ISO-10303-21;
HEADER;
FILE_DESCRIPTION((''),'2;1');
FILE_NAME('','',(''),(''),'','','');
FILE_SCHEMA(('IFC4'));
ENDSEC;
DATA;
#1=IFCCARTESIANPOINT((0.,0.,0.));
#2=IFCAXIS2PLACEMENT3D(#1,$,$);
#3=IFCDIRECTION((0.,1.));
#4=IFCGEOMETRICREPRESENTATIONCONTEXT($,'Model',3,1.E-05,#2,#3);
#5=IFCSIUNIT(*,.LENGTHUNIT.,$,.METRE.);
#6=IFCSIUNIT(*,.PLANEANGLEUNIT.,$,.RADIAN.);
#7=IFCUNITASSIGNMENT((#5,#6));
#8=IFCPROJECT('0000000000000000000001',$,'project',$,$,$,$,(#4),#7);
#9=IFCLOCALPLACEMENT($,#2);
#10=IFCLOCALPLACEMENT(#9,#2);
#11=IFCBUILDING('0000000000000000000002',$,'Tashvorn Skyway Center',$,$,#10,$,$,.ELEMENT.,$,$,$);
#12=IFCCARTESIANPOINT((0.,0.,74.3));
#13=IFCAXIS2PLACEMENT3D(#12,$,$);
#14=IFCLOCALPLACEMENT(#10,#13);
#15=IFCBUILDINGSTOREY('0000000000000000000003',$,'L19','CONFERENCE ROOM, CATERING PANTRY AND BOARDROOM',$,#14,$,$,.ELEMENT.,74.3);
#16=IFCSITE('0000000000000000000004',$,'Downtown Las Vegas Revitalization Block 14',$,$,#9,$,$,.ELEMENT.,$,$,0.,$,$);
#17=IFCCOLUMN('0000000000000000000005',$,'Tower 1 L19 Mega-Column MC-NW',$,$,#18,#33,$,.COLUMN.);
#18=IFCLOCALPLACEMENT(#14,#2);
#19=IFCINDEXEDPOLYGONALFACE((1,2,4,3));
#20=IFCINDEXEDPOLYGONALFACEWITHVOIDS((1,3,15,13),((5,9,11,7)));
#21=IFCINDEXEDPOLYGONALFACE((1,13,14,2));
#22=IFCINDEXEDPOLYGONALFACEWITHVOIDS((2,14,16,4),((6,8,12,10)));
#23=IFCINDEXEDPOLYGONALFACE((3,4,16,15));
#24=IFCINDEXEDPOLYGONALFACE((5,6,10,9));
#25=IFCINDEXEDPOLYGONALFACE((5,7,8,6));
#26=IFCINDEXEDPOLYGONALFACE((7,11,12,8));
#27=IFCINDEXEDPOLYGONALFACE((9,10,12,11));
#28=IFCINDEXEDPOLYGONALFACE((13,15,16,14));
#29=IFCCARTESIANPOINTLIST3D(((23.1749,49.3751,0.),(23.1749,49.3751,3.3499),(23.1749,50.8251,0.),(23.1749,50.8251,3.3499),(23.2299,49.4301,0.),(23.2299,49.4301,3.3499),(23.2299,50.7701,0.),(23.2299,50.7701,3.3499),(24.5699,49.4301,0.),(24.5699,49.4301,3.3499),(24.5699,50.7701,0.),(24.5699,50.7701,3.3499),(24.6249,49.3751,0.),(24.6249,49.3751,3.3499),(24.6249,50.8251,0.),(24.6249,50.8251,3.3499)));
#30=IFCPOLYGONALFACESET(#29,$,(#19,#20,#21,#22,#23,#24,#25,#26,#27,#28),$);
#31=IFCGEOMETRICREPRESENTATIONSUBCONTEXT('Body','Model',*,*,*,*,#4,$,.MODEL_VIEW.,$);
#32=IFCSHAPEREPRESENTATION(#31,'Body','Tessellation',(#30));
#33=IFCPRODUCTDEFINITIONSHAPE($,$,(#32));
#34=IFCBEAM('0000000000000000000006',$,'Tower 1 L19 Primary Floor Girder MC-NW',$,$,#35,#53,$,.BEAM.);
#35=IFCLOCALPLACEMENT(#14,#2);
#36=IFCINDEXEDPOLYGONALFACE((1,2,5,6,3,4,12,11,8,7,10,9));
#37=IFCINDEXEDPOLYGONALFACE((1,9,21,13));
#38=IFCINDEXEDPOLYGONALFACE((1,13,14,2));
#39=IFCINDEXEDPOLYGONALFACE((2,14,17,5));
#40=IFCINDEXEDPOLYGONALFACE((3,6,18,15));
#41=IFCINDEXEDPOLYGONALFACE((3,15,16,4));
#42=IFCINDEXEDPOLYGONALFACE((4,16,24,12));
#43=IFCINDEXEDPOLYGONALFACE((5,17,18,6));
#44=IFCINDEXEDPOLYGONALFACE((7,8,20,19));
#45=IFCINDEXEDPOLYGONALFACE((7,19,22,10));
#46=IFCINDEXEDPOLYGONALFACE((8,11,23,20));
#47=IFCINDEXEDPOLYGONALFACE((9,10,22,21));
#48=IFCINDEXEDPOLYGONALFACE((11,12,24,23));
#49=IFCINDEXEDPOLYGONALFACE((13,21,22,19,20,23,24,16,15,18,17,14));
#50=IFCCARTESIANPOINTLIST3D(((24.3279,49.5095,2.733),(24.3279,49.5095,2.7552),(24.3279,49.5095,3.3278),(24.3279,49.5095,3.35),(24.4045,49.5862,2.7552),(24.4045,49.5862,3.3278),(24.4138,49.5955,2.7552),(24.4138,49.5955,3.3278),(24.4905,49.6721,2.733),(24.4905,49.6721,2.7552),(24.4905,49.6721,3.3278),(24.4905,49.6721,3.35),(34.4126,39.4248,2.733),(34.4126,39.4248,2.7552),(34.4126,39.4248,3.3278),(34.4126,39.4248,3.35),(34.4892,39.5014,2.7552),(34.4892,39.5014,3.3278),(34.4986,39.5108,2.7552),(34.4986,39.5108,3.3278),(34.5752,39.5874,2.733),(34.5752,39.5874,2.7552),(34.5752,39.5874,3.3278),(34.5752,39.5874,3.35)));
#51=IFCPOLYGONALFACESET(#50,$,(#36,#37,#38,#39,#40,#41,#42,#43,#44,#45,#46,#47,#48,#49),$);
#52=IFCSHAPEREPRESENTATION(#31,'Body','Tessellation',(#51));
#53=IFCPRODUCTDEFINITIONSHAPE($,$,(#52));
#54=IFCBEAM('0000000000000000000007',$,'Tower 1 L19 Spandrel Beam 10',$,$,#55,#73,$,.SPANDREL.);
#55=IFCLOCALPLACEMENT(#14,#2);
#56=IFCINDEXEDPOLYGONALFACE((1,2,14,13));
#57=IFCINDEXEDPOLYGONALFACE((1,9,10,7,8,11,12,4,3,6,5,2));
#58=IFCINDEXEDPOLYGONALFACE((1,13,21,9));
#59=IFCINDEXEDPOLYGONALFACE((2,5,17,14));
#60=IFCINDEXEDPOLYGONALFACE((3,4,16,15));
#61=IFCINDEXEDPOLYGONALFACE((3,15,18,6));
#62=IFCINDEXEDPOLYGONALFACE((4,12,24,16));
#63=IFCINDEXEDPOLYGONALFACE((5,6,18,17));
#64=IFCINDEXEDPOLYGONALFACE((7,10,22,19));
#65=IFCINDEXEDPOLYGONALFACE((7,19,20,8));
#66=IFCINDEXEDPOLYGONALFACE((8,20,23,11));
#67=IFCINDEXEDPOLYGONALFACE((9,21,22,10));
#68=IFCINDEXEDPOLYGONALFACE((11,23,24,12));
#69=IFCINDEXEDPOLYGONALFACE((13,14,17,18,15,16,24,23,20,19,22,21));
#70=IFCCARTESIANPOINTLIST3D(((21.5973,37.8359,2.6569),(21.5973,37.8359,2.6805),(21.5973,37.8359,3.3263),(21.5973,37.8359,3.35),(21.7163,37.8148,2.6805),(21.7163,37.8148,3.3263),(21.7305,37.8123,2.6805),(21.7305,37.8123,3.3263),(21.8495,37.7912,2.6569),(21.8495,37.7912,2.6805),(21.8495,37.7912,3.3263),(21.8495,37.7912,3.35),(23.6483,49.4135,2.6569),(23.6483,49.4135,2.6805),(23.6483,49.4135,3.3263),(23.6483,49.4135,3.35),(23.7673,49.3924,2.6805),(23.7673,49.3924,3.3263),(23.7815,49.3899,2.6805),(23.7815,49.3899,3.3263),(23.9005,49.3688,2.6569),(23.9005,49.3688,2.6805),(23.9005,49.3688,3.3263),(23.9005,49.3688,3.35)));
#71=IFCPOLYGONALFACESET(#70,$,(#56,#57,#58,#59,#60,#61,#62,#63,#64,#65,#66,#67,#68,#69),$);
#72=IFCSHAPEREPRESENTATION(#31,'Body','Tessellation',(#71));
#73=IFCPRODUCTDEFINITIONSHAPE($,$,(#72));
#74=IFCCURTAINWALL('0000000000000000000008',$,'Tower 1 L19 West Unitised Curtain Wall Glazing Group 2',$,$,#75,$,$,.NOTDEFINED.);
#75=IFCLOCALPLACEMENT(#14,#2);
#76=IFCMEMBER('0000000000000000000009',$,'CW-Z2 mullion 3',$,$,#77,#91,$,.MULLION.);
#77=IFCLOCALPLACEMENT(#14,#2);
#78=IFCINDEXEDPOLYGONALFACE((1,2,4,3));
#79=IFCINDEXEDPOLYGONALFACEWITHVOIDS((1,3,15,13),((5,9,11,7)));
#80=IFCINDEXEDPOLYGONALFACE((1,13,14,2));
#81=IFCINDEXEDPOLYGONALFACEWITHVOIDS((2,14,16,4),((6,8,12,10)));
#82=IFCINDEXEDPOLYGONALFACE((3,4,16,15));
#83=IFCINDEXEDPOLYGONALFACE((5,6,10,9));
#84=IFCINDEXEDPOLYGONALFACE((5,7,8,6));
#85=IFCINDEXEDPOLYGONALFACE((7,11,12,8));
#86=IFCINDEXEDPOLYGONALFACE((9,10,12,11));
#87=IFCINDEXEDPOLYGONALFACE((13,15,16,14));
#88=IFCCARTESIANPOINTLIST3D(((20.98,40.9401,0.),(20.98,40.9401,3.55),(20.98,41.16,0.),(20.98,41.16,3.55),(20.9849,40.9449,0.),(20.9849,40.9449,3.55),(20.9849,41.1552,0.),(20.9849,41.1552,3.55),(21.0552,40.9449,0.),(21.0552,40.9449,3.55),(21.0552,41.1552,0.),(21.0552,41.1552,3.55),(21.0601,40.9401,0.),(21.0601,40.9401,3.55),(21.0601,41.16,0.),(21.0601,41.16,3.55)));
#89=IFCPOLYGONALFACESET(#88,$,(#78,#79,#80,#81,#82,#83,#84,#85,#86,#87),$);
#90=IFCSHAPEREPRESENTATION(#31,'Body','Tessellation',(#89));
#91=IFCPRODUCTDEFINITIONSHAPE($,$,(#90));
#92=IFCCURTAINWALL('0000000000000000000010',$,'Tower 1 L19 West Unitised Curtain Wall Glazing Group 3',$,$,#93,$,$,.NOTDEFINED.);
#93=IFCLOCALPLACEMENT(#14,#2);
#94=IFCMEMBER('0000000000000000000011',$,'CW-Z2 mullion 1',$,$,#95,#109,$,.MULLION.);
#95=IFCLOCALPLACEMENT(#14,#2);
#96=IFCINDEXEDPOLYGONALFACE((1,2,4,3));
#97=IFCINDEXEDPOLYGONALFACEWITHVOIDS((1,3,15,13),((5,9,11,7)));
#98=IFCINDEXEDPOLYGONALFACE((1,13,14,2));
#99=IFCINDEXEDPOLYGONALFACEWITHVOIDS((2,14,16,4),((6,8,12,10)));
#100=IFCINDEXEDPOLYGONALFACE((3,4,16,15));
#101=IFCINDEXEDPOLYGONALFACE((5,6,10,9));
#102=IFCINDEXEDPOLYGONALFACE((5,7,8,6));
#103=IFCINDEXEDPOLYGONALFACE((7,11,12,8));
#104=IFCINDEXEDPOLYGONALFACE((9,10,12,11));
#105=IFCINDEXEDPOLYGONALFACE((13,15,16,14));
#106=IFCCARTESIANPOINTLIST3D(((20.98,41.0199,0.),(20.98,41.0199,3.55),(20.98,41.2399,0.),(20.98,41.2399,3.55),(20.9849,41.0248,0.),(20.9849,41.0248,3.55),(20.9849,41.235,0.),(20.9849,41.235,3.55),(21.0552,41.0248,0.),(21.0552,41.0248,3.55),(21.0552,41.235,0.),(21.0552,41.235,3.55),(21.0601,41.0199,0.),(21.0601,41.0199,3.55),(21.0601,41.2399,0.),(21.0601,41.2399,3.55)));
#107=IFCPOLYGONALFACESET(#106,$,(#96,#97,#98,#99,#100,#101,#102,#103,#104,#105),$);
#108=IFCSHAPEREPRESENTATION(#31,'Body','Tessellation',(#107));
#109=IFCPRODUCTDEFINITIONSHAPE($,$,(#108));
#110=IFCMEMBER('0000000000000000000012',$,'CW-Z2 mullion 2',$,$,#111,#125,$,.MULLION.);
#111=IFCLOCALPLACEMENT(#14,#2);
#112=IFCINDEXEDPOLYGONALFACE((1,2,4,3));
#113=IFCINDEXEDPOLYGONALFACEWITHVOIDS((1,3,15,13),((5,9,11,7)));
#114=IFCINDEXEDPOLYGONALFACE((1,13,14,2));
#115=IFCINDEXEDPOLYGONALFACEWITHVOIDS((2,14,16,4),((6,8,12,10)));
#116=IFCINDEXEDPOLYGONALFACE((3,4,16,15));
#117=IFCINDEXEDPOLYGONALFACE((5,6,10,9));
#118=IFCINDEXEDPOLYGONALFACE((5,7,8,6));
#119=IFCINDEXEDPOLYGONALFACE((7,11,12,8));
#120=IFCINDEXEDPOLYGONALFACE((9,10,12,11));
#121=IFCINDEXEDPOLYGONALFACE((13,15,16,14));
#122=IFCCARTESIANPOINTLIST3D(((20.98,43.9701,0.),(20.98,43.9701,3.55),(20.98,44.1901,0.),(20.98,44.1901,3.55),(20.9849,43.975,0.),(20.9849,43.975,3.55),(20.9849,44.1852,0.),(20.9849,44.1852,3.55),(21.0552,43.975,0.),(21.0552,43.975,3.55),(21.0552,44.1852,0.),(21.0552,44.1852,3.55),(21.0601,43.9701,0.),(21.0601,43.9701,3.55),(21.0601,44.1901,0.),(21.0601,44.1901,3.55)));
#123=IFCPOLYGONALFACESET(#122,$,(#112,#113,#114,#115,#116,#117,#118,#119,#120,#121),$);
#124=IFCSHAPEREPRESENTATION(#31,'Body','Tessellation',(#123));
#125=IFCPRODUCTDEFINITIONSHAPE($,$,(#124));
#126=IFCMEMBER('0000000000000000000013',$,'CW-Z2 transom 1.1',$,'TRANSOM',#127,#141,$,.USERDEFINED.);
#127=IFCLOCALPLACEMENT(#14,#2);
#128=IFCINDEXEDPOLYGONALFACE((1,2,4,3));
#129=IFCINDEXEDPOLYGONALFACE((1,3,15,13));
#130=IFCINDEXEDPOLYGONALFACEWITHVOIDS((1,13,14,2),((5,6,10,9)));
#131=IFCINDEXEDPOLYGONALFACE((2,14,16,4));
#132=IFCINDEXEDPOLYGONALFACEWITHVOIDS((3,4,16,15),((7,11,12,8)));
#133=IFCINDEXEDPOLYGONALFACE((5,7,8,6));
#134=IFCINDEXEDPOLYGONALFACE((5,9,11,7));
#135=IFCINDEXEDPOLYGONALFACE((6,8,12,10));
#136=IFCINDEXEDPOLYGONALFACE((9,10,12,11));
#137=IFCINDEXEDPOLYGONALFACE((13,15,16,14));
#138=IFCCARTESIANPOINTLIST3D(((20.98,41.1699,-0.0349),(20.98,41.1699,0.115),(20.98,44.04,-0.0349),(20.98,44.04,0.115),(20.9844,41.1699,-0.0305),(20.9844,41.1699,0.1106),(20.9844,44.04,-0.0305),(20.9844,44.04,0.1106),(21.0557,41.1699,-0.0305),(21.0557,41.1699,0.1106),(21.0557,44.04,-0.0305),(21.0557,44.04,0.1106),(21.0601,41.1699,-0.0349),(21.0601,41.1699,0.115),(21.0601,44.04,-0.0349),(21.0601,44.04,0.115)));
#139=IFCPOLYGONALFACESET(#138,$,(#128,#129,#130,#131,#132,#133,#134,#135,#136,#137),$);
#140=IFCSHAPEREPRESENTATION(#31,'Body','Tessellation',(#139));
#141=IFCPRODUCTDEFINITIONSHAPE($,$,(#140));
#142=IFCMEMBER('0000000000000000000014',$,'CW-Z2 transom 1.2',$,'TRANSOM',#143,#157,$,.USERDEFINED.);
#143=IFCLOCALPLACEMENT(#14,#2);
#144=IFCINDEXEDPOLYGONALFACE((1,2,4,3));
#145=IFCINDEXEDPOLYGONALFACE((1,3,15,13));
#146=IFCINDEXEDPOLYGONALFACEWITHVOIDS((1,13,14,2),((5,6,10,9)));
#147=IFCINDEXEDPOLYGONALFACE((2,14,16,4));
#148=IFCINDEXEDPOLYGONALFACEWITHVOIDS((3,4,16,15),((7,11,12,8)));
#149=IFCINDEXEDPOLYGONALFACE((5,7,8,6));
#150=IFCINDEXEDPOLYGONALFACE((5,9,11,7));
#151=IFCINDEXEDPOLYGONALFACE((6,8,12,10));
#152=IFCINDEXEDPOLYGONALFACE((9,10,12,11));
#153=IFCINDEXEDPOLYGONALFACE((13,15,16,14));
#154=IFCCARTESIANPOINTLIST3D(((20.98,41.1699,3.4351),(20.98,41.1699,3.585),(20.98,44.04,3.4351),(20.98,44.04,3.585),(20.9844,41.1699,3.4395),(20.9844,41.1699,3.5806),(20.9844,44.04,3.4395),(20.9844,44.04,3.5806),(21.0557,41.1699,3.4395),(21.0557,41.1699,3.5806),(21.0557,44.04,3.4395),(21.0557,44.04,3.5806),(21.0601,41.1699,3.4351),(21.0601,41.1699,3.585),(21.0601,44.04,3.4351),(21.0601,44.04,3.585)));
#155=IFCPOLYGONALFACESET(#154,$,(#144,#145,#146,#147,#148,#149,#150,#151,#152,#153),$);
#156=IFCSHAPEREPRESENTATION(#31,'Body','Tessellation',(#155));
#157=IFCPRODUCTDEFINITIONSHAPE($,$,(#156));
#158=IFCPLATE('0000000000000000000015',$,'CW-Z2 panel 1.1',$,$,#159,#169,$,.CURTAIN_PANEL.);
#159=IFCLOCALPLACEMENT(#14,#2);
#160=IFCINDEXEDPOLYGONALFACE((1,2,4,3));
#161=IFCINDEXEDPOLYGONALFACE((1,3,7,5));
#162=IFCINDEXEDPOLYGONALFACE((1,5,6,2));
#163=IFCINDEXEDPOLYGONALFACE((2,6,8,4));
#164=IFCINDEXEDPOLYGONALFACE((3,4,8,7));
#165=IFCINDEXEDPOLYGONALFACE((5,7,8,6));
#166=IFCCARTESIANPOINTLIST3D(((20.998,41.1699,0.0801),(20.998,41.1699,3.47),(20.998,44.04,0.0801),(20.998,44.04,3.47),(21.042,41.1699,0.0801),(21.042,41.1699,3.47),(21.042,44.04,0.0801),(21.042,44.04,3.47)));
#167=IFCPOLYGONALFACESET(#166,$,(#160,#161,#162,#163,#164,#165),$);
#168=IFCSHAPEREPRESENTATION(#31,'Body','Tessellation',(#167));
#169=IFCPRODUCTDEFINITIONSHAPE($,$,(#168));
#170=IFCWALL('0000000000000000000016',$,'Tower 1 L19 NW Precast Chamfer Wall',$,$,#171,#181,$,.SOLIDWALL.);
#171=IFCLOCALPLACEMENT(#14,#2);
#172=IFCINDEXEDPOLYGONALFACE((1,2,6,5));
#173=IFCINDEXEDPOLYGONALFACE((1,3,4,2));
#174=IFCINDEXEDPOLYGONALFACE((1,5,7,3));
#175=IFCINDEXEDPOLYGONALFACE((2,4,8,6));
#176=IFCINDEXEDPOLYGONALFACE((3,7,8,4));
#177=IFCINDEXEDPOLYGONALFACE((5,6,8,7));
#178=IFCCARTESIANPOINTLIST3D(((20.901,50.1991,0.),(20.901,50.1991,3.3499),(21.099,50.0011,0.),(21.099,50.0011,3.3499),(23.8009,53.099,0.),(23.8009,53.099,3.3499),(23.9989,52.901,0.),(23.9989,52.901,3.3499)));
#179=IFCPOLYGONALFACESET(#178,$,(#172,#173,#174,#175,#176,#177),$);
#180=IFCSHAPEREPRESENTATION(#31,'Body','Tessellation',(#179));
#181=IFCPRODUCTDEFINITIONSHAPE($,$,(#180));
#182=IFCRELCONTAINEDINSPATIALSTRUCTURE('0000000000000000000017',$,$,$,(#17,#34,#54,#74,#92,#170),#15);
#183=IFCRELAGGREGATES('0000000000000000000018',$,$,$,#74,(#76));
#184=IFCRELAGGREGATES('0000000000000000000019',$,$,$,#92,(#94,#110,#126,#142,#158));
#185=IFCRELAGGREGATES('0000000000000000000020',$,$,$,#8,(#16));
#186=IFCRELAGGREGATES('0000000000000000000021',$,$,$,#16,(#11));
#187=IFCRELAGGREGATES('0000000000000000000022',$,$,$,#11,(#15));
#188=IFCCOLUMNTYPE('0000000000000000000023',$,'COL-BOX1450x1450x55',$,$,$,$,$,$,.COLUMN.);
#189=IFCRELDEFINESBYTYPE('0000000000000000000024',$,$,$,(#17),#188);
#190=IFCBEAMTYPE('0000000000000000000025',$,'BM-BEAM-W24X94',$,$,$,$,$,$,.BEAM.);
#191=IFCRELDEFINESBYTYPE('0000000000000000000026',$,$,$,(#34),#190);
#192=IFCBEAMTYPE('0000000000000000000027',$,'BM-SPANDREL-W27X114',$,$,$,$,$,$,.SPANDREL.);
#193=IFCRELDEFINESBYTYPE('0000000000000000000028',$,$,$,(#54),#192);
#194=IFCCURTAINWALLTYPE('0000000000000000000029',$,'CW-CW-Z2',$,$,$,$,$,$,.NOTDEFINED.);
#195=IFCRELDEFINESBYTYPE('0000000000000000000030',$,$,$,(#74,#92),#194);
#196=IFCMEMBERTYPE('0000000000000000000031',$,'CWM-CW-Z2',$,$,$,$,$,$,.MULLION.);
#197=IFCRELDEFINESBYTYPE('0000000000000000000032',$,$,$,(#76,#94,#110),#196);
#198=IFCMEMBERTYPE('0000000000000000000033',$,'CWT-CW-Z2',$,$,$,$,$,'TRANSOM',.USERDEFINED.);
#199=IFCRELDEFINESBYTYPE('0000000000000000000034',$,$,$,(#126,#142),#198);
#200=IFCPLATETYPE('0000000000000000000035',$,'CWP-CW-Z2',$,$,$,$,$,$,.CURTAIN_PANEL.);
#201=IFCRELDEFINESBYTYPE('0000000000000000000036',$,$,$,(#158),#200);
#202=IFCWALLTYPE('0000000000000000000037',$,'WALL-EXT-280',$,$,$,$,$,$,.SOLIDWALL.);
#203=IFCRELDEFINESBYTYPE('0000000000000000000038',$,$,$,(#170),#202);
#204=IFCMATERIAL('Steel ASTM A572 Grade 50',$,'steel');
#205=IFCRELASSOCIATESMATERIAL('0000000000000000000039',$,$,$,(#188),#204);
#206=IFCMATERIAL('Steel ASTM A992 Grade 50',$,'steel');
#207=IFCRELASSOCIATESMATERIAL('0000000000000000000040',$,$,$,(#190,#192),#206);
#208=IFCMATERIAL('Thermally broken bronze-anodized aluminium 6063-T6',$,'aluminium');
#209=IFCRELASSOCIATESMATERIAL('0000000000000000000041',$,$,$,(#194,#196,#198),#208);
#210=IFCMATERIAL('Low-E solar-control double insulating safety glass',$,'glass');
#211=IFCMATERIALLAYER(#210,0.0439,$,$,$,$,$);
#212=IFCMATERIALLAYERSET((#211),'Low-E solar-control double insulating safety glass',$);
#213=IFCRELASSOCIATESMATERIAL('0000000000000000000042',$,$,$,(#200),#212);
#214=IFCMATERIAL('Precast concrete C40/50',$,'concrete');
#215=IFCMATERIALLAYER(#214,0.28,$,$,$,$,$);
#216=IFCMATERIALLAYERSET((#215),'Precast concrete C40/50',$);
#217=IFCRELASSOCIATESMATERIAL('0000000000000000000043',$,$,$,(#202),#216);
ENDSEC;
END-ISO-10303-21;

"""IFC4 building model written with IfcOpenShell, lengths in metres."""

from ifc_helpers import new_model, si_unit, direction, frame, frame_2d, origin, origin_2d, place, context, subcontext, project, spatial, rectangle, hollow_rectangle, i_section, extrude, material, layer, layer_set, material_profile, profile_set, type_object, element, aggregate, save


model = new_model("IFC4")

# Units and contexts
model_context = context("Model", 3, precision=1e-05, world=origin(), true_north=direction((0.0, 1.0)))
body_context = subcontext(model_context, "Body", "Model", "MODEL_VIEW")
ifc_project = project(units=[si_unit("LENGTHUNIT", "METRE"), si_unit("PLANEANGLEUNIT", "RADIAN")], contexts=[model_context])

# Site, building, storey
site_placement = place(None, origin())
site = spatial("IfcSite", under=ifc_project, at=site_placement, Name="Downtown Las Vegas Revitalization Block 14", CompositionType="ELEMENT", RefElevation=0.0)
building_placement = place(site_placement, origin())
building = spatial("IfcBuilding", under=site, at=building_placement, Name="Tashvorn Skyway Center", CompositionType="ELEMENT")
storey_placement = place(building_placement, frame((0.0, 0.0, 74.3)))
storey = spatial("IfcBuildingStorey", under=building, at=storey_placement, Name="L19", Description="CONFERENCE ROOM, CATERING PANTRY AND BOARDROOM", CompositionType="ELEMENT", Elevation=74.3)

# Column
ifc_material_1 = material(Name="Steel ASTM A572 Grade 50", Category="steel")
ifc_material_profile_1 = material_profile(ifc_material_1, hollow_rectangle(XDim=1.45, YDim=1.45, WallThickness=0.0549, at=origin_2d()), Name="BOX1450x1450x55")
ifc_profile_set_1 = profile_set([ifc_material_profile_1], Name="Steel ASTM A572 Grade 50")
column_type = type_object("IfcColumnType", Name="COL-BOX1450x1450x55", PredefinedType="COLUMN", material=ifc_profile_set_1)
column_placement = place(storey_placement, frame((23.8999, 50.1001, 0.0), z_axis=(0.0, 0.0, 1.0), x_axis=(1.0, 0.0, 0.0)))
element("IfcColumn", 1, at=column_placement, inside=storey, type_object=column_type, Name="Tower 1 L19 Mega-Column MC-NW", PredefinedType="COLUMN", context=body_context, shape_type="SweptSolid", body=[
    extrude(hollow_rectangle(XDim=1.45, YDim=1.45, WallThickness=0.0549, at=origin_2d()), origin(), (0.0, 0.0, 1.0), 3.3499),
])

# Beams
ifc_material_2 = material(Name="Steel ASTM A992 Grade 50", Category="steel")
ifc_material_profile_2 = material_profile(ifc_material_2, i_section(OverallWidth=0.23, OverallDepth=0.6169, WebThickness=0.0132, FlangeThickness=0.0222, at=origin_2d()), Name="W24X94")
ifc_profile_set_2 = profile_set([ifc_material_profile_2], Name="Steel ASTM A992 Grade 50")
beam_type_1 = type_object("IfcBeamType", Name="BM-BEAM-W24X94", PredefinedType="BEAM", material=ifc_profile_set_2)
beam_1_placement = place(storey_placement, frame((24.4092, 49.5908, 3.0415), z_axis=(0.707107, -0.707107, 0.0), x_axis=(0.707107, 0.707107, 0.0)))
element("IfcBeam", 2, at=beam_1_placement, inside=storey, type_object=beam_type_1, Name="Tower 1 L19 Primary Floor Girder MC-NW", PredefinedType="BEAM", context=body_context, shape_type="SweptSolid", body=[
    extrude(i_section(OverallWidth=0.23, OverallDepth=0.6169, WebThickness=0.0132, FlangeThickness=0.0222, at=origin_2d()), origin(), (0.0, 0.0, 1.0), 14.262),
])
ifc_material_profile_3 = material_profile(ifc_material_2, i_section(OverallWidth=0.2561, OverallDepth=0.6931, WebThickness=0.0144, FlangeThickness=0.0237, at=origin_2d()), Name="W27X114")
ifc_profile_set_3 = profile_set([ifc_material_profile_3], Name="Steel ASTM A992 Grade 50")
beam_type_2 = type_object("IfcBeamType", Name="BM-SPANDREL-W27X114", PredefinedType="SPANDREL", material=ifc_profile_set_3)
beam_2_placement = place(storey_placement, frame((23.7744, 49.3911, 3.0034), z_axis=(-0.174438, -0.984668, 0.0), x_axis=(0.984668, -0.174438, 0.0)))
element("IfcBeam", 3, at=beam_2_placement, inside=storey, type_object=beam_type_2, Name="Tower 1 L19 Spandrel Beam 10", PredefinedType="SPANDREL", context=body_context, shape_type="SweptSolid", body=[
    extrude(i_section(OverallWidth=0.2561, OverallDepth=0.6931, WebThickness=0.0144, FlangeThickness=0.0237, at=origin_2d()), origin(), (0.0, 0.0, 1.0), 11.7578),
])

# Curtain wall, member
ifc_material_3 = material(Name="Thermally broken bronze-anodized aluminium 6063-T6", Category="aluminium")
curtain_wall_type = type_object("IfcCurtainWallType", Name="CW-CW-Z2", PredefinedType="NOTDEFINED", material=ifc_material_3)
curtain_wall_1_placement = place(storey_placement, origin())
curtain_wall_1 = element("IfcCurtainWall", 4, at=curtain_wall_1_placement, inside=storey, type_object=curtain_wall_type, Name="Tower 1 L19 West Unitised Curtain Wall Glazing Group 2", PredefinedType="NOTDEFINED")
ifc_material_profile_4 = material_profile(ifc_material_3, hollow_rectangle(XDim=0.0801, YDim=0.22, WallThickness=0.0049, at=origin_2d()), Name="ALU-MULL-80x220")
ifc_profile_set_4 = profile_set([ifc_material_profile_4], Name="Thermally broken bronze-anodized aluminium 6063-T6")
member_type_1 = type_object("IfcMemberType", Name="CWM-CW-Z2", PredefinedType="MULLION", material=ifc_profile_set_4)
member_1_placement = place(storey_placement, frame((21.02, 41.05, 0.0), z_axis=(0.0, 0.0, 1.0), x_axis=(-1.0, 0.0, 0.0)))
member_1 = element("IfcMember", 5, at=member_1_placement, type_object=member_type_1, Name="CW-Z2 mullion 3", PredefinedType="MULLION", context=body_context, shape_type="SweptSolid", body=[
    extrude(hollow_rectangle(XDim=0.0801, YDim=0.22, WallThickness=0.0049, at=origin_2d()), origin(), (0.0, 0.0, 1.0), 3.55),
])
aggregate(curtain_wall_1, [member_1])

# Curtain wall, members, plate
curtain_wall_2_placement = place(storey_placement, origin())
curtain_wall_2 = element("IfcCurtainWall", 6, at=curtain_wall_2_placement, inside=storey, type_object=curtain_wall_type, Name="Tower 1 L19 West Unitised Curtain Wall Glazing Group 3", PredefinedType="NOTDEFINED")
member_2_placement = place(storey_placement, frame((21.02, 41.1299, 0.0), z_axis=(0.0, 0.0, 1.0), x_axis=(-1.0, 0.0, 0.0)))
member_2 = element("IfcMember", 7, at=member_2_placement, type_object=member_type_1, Name="CW-Z2 mullion 1", PredefinedType="MULLION", context=body_context, shape_type="SweptSolid", body=[
    extrude(hollow_rectangle(XDim=0.0801, YDim=0.22, WallThickness=0.0049, at=origin_2d()), origin(), (0.0, 0.0, 1.0), 3.55),
])
member_3_placement = place(storey_placement, frame((21.02, 44.0801, 0.0), z_axis=(0.0, 0.0, 1.0), x_axis=(-1.0, 0.0, 0.0)))
member_3 = element("IfcMember", 8, at=member_3_placement, type_object=member_type_1, Name="CW-Z2 mullion 2", PredefinedType="MULLION", context=body_context, shape_type="SweptSolid", body=[
    extrude(hollow_rectangle(XDim=0.0801, YDim=0.22, WallThickness=0.0049, at=origin_2d()), origin(), (0.0, 0.0, 1.0), 3.55),
])
ifc_material_profile_5 = material_profile(ifc_material_3, hollow_rectangle(XDim=0.0801, YDim=0.1499, WallThickness=0.0044, at=origin_2d()), Name="ALU-TRAN-80x150")
ifc_profile_set_5 = profile_set([ifc_material_profile_5], Name="Thermally broken bronze-anodized aluminium 6063-T6")
member_type_2 = type_object("IfcMemberType", Name="CWT-CW-Z2", ElementType="TRANSOM", PredefinedType="USERDEFINED", material=ifc_profile_set_5)
member_4_placement = place(storey_placement, frame((21.02, 41.1699, 0.04), z_axis=(0.0, 1.0, 0.0), x_axis=(-1.0, 0.0, 0.0)))
member_4 = element("IfcMember", 9, at=member_4_placement, type_object=member_type_2, Name="CW-Z2 transom 1.1", ObjectType="TRANSOM", PredefinedType="USERDEFINED", context=body_context, shape_type="SweptSolid", body=[
    extrude(hollow_rectangle(XDim=0.0801, YDim=0.1499, WallThickness=0.0044, at=origin_2d()), origin(), (0.0, 0.0, 1.0), 2.8701),
])
member_5_placement = place(storey_placement, frame((21.02, 41.1699, 3.51), z_axis=(0.0, 1.0, 0.0), x_axis=(-1.0, 0.0, 0.0)))
member_5 = element("IfcMember", 10, at=member_5_placement, type_object=member_type_2, Name="CW-Z2 transom 1.2", ObjectType="TRANSOM", PredefinedType="USERDEFINED", context=body_context, shape_type="SweptSolid", body=[
    extrude(hollow_rectangle(XDim=0.0801, YDim=0.1499, WallThickness=0.0044, at=origin_2d()), origin(), (0.0, 0.0, 1.0), 2.8701),
])
ifc_material_4 = material(Name="Low-E solar-control double insulating safety glass", Category="glass")
ifc_layer_1 = layer(ifc_material_4, 0.0439)
ifc_layer_set_1 = layer_set([ifc_layer_1], Name="Low-E solar-control double insulating safety glass")
plate_type = type_object("IfcPlateType", Name="CWP-CW-Z2", PredefinedType="CURTAIN_PANEL", material=ifc_layer_set_1)
plate_placement = place(storey_placement, frame((21.02, 42.605, 0.0801), z_axis=(0.0, 0.0, 1.0), x_axis=(0.0, 1.0, 0.0)))
plate = element("IfcPlate", 11, at=plate_placement, type_object=plate_type, Name="CW-Z2 panel 1.1", PredefinedType="CURTAIN_PANEL", context=body_context, shape_type="SweptSolid", body=[
    extrude(rectangle(XDim=2.8701, YDim=0.0439, at=origin_2d()), origin(), (0.0, 0.0, 1.0), 3.3899),
])
aggregate(curtain_wall_2, [member_2, member_3, member_4, member_5, plate])

# Wall
ifc_material_5 = material(Name="Precast concrete C40/50", Category="concrete")
ifc_layer_2 = layer(ifc_material_5, 0.28)
ifc_layer_set_2 = layer_set([ifc_layer_2], Name="Precast concrete C40/50")
wall_type_1 = type_object("IfcWallType", Name="WALL-EXT-280", PredefinedType="SOLIDWALL", material=ifc_layer_set_2)
wall_1_placement = place(storey_placement, frame((21.0, 50.1001, 0.0), z_axis=(0.0, 0.0, 1.0), x_axis=(0.707107, 0.707107, 0.0)))
element("IfcWall", 12, at=wall_1_placement, inside=storey, type_object=wall_type_1, Name="Tower 1 L19 NW Precast Chamfer Wall", PredefinedType="SOLIDWALL", context=body_context, shape_type="SweptSolid", body=[
    extrude(rectangle(XDim=4.1011, YDim=0.28, at=frame_2d((2.0505, 0.0))), origin(), (0.0, 0.0, 1.0), 3.3499),
])

save(model, "model.ifc")
